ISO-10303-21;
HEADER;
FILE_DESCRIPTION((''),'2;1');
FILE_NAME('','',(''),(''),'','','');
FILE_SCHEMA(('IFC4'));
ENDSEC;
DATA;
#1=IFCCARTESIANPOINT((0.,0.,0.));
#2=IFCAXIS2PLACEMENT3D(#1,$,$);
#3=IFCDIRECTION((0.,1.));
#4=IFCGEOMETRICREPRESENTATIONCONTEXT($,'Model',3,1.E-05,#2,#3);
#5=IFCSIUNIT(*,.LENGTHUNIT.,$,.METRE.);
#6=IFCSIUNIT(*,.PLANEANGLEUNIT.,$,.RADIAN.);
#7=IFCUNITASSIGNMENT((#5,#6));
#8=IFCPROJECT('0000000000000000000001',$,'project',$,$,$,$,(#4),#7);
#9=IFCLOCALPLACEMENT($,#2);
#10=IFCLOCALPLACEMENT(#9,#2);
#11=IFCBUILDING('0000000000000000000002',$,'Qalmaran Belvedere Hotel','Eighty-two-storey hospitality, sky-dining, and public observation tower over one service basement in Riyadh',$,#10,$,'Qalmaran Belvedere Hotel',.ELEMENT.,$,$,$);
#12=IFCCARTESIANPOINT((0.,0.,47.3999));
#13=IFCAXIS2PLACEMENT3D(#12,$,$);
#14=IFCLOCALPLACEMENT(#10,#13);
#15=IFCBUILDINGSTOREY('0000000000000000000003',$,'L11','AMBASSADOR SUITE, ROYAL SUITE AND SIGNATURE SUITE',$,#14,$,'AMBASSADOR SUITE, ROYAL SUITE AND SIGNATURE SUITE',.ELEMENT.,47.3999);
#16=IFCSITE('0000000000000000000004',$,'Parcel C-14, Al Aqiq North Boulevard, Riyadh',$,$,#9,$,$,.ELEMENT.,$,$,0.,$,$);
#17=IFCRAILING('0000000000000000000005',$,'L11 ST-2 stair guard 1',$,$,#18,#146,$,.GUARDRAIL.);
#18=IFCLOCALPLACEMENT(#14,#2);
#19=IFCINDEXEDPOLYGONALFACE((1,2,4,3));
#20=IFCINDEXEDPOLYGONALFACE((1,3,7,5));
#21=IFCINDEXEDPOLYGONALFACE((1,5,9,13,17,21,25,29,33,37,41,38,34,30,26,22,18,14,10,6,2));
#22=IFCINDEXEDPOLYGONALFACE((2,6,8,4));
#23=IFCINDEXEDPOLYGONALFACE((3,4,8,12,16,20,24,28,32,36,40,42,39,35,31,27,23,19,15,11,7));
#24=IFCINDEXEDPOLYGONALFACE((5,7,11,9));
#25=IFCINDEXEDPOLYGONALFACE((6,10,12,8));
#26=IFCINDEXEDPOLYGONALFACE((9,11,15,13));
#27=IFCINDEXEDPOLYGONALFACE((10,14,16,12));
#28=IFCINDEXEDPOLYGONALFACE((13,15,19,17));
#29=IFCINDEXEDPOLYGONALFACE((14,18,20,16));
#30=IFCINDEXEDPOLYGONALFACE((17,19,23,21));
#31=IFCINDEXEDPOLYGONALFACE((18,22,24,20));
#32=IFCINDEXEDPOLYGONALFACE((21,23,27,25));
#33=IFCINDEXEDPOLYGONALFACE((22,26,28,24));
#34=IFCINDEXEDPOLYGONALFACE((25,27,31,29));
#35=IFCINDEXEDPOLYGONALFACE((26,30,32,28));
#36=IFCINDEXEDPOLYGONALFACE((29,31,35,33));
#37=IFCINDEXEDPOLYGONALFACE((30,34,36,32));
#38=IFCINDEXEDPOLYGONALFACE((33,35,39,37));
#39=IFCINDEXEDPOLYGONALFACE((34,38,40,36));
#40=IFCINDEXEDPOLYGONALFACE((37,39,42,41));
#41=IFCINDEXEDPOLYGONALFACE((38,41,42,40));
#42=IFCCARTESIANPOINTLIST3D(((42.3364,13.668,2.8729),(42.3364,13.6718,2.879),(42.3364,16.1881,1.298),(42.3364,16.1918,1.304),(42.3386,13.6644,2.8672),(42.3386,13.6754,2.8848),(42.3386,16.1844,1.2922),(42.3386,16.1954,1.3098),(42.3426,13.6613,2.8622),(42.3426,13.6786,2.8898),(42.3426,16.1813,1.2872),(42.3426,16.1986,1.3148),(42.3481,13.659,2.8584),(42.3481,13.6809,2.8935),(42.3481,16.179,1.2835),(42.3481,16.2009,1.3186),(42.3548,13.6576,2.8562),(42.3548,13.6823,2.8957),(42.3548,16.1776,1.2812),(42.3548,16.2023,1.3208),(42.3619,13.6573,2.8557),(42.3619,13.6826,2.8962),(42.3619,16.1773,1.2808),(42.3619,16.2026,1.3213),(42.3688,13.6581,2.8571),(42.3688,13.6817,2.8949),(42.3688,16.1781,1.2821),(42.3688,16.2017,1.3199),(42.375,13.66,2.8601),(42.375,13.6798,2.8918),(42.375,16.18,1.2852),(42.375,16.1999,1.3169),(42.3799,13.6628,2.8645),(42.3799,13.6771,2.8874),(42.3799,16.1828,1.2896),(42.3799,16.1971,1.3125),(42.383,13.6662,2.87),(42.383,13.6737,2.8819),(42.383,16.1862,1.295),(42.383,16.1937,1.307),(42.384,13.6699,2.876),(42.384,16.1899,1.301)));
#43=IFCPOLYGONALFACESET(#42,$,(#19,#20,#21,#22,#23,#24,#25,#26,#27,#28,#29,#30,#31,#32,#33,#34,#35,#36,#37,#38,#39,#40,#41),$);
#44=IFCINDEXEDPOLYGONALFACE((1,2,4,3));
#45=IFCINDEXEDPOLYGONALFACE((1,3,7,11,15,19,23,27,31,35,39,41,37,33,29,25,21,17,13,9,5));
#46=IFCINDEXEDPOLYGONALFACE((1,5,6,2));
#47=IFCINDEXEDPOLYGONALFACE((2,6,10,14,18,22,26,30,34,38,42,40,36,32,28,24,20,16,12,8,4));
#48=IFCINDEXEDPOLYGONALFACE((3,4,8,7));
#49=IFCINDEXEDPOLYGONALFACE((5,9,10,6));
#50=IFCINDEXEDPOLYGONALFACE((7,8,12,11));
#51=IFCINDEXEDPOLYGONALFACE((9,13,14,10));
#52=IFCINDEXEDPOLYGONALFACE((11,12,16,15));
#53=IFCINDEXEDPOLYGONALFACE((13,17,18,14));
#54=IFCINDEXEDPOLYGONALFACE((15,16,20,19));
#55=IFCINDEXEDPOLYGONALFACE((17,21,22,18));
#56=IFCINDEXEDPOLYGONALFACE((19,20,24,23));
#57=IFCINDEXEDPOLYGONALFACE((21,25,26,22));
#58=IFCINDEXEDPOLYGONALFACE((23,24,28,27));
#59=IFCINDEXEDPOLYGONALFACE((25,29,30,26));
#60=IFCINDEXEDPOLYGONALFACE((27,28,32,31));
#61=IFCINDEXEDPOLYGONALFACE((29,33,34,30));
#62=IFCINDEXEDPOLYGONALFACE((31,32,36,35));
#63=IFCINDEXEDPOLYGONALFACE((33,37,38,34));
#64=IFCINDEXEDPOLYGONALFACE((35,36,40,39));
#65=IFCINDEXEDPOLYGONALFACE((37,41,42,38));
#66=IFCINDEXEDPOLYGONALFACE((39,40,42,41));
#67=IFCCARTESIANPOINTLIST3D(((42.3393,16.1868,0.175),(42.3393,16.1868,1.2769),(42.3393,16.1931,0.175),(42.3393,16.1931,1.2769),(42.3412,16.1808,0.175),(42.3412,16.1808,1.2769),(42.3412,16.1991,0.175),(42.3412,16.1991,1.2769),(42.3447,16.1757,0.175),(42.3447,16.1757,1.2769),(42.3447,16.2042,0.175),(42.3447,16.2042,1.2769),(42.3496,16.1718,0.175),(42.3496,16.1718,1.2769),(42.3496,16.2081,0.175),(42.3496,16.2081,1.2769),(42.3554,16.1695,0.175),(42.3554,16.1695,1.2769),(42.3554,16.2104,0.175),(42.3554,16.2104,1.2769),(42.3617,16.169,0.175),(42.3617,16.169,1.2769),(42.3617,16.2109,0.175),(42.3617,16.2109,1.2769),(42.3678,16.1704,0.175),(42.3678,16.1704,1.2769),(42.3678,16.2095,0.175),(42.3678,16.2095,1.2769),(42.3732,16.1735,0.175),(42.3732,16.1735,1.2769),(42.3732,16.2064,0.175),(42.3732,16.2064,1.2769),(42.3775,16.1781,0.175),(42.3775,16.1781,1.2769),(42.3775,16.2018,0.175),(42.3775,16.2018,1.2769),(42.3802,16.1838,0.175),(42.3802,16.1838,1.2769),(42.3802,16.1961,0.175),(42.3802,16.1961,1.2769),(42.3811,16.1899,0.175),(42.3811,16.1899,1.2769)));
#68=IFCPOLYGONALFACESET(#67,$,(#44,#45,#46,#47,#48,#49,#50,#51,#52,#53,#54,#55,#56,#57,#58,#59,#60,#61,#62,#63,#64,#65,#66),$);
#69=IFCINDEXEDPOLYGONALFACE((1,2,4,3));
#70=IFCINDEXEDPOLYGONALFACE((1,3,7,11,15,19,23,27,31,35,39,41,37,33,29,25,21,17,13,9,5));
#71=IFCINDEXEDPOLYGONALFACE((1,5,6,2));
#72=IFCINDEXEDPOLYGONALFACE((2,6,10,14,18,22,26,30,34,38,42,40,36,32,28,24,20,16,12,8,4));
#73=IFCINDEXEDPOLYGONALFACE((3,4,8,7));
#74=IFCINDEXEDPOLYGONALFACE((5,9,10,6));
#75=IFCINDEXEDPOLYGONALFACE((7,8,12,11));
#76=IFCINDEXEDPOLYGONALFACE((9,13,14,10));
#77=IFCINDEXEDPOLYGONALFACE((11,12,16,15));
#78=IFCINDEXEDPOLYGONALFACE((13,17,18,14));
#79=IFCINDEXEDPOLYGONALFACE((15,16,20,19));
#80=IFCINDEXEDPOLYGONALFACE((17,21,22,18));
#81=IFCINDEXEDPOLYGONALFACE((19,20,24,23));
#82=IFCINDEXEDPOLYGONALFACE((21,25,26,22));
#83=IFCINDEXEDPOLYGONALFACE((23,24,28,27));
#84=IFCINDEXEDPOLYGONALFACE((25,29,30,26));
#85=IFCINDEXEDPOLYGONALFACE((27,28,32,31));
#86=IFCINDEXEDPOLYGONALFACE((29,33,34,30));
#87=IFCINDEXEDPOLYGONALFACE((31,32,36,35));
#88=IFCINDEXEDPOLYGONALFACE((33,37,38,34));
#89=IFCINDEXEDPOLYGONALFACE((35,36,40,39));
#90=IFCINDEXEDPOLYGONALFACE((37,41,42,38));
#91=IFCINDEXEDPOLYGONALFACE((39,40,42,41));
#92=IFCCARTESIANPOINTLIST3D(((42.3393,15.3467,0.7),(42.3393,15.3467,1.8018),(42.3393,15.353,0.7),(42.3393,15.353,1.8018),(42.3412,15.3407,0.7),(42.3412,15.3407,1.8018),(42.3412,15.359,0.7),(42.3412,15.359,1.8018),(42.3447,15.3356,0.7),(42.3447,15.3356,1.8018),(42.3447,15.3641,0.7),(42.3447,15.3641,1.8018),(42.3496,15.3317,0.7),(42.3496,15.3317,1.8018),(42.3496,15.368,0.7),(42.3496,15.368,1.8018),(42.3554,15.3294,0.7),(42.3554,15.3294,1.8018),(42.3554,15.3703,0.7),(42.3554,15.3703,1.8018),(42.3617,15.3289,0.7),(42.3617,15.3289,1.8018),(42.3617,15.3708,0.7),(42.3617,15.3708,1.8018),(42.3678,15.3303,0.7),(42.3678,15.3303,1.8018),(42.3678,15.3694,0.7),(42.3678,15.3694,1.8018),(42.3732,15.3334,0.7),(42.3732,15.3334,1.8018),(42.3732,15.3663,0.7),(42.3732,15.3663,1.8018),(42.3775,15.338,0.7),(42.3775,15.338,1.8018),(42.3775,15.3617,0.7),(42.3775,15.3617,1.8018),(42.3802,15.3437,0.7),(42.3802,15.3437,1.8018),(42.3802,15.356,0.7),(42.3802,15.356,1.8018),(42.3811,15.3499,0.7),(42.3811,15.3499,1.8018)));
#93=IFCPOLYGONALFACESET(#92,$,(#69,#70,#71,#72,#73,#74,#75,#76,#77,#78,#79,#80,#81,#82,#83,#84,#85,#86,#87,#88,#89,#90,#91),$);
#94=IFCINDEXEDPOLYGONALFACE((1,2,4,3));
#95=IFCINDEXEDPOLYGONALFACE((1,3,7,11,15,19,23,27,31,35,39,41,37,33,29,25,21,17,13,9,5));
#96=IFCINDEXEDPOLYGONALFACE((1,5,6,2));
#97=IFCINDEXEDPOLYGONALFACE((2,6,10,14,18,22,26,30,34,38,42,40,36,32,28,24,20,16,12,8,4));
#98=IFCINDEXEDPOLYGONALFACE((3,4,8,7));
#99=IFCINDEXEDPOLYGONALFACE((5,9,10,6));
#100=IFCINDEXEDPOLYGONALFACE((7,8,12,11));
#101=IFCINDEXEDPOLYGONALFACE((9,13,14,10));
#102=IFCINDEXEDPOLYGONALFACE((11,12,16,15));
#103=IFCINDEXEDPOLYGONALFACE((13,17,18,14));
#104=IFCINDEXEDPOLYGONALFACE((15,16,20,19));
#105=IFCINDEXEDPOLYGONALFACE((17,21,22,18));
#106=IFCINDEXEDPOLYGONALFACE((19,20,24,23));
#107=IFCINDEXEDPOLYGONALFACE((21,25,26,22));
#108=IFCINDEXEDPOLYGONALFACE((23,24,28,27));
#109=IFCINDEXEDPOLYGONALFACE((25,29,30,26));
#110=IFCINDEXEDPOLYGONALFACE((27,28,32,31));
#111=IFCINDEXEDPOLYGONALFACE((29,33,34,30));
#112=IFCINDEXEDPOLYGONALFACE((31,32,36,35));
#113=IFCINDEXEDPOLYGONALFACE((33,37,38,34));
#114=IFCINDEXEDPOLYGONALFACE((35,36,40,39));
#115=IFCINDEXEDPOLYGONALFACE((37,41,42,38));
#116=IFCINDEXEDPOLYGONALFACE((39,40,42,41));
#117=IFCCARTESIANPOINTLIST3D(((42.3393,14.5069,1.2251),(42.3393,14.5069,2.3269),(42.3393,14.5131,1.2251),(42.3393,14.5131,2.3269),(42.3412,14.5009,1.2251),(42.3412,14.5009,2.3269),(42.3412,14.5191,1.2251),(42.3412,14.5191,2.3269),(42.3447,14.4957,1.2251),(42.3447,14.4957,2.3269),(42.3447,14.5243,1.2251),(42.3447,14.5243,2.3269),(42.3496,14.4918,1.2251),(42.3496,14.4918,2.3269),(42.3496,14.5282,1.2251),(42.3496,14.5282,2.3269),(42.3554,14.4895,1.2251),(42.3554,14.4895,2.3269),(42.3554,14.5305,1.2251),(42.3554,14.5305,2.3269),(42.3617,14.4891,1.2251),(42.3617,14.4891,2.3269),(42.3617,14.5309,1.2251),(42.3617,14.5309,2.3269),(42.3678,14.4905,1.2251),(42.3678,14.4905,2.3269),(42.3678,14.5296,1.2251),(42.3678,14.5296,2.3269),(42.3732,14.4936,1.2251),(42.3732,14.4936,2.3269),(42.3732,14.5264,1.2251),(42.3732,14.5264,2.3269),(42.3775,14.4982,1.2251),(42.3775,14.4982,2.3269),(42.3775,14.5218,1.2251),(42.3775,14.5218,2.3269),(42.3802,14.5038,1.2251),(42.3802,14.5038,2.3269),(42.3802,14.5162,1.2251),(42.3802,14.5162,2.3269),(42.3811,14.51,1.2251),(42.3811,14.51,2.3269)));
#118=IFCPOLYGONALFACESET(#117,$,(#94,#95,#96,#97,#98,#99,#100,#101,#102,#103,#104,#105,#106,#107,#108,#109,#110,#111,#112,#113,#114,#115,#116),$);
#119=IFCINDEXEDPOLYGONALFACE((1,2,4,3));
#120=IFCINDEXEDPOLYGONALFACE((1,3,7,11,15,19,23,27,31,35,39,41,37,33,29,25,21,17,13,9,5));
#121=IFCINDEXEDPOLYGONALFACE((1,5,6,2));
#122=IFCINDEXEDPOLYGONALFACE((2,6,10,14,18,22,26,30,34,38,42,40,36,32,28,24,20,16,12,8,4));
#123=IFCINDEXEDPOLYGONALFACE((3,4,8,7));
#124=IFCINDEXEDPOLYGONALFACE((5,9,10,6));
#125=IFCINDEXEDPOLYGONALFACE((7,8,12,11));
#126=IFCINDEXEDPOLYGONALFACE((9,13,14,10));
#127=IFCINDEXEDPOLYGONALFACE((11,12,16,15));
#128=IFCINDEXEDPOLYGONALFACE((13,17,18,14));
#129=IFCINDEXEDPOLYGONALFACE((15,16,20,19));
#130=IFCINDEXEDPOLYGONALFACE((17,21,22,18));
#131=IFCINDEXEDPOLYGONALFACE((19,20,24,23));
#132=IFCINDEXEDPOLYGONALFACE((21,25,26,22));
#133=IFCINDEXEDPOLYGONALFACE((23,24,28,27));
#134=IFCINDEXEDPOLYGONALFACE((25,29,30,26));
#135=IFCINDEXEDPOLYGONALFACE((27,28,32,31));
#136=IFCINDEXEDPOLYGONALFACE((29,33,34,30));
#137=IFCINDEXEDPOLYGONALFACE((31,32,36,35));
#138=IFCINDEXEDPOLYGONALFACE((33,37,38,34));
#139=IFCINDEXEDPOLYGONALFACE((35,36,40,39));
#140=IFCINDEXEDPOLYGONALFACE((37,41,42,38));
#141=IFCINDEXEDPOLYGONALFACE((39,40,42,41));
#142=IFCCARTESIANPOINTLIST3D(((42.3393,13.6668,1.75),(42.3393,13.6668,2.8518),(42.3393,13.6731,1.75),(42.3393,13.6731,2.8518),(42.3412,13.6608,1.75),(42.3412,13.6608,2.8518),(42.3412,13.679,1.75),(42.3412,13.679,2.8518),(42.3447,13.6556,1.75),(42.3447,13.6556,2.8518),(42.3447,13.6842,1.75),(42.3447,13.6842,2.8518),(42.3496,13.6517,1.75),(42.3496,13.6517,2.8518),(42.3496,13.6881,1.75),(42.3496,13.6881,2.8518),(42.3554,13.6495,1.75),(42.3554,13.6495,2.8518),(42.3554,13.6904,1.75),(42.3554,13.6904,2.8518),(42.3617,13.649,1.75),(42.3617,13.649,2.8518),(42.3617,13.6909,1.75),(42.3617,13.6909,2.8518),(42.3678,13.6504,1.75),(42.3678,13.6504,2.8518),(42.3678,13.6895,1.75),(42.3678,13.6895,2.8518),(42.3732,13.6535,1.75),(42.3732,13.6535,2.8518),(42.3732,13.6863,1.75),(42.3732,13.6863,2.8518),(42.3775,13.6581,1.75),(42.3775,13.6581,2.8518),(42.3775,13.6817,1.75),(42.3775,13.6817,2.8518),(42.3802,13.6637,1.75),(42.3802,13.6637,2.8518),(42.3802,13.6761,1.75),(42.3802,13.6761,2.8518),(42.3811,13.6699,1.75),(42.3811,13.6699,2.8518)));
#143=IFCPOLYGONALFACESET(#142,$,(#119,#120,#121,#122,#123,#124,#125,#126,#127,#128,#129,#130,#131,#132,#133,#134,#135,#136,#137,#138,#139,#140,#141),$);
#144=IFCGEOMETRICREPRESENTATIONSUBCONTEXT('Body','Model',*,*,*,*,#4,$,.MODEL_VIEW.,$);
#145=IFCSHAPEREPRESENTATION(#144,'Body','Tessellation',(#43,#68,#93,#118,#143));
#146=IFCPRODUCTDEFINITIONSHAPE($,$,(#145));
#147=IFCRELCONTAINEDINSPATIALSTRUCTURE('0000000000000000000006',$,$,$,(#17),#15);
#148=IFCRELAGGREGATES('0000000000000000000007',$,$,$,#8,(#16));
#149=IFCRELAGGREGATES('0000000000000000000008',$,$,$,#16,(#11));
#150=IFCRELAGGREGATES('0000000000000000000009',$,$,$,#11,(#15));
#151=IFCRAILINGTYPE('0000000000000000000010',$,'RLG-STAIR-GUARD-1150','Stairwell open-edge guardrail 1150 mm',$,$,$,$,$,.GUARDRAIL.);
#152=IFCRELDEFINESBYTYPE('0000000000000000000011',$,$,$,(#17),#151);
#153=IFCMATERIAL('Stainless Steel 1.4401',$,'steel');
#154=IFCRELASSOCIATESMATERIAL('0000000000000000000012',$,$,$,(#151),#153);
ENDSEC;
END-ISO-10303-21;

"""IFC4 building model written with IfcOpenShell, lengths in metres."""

from ifc_helpers import new_model, si_unit, direction, frame, origin, origin_2d, place, context, subcontext, project, spatial, circle, extrude, material, type_object, element, save


model = new_model("IFC4")

# Units and contexts
model_context = context("Model", 3, precision=1e-05, world=origin(), true_north=direction((0.0, 1.0)))
body_context = subcontext(model_context, "Body", "Model", "MODEL_VIEW")
ifc_project = project(units=[si_unit("LENGTHUNIT", "METRE"), si_unit("PLANEANGLEUNIT", "RADIAN")], contexts=[model_context])

# Site, building, storey
site_placement = place(None, origin())
site = spatial("IfcSite", under=ifc_project, at=site_placement, Name="Parcel C-14, Al Aqiq North Boulevard, Riyadh", CompositionType="ELEMENT", RefElevation=0.0)
building_placement = place(site_placement, origin())
building = spatial("IfcBuilding", under=site, at=building_placement, Name="Qalmaran Belvedere Hotel", Description="Eighty-two-storey hospitality, sky-dining, and public observation tower over one service basement in Riyadh", LongName="Qalmaran Belvedere Hotel", CompositionType="ELEMENT")
storey_placement = place(building_placement, frame((0.0, 0.0, 47.3999)))
storey = spatial("IfcBuildingStorey", under=building, at=storey_placement, Name="L11", Description="AMBASSADOR SUITE, ROYAL SUITE AND SIGNATURE SUITE", LongName="AMBASSADOR SUITE, ROYAL SUITE AND SIGNATURE SUITE", CompositionType="ELEMENT", Elevation=47.3999)

# Shared definitions
ifc_material_1 = material(Name="Stainless Steel 1.4401", Category="steel")

# Railing
railing_type_1 = type_object("IfcRailingType", Name="RLG-STAIR-GUARD-1150", Description="Stairwell open-edge guardrail 1150 mm", PredefinedType="GUARDRAIL", material=ifc_material_1)
railing_1_placement = place(storey_placement, frame((42.3601, 16.1899, 0.175)))
element("IfcRailing", 1, at=railing_1_placement, inside=storey, type_object=railing_type_1, Name="L11 ST-2 stair guard 1", PredefinedType="GUARDRAIL", context=body_context, shape_type="SweptSolid", body=[
    extrude(circle(Radius=0.0239, at=origin_2d()), frame((0.0, 0.0, 1.126), z_axis=(0.0, -0.848008, 0.529984), x_axis=(1.0, 0.0, 0.0)), (0.0, 0.0, 1.0), 2.9717),
    extrude(circle(Radius=0.021, at=origin_2d()), origin(), (0.0, 0.0, 1.0), 1.1018),
    extrude(circle(Radius=0.021, at=origin_2d()), frame((0.0, -0.8401, 0.5249)), (0.0, 0.0, 1.0), 1.1018),
    extrude(circle(Radius=0.021, at=origin_2d()), frame((0.0, -1.6799, 1.05)), (0.0, 0.0, 1.0), 1.1018),
    extrude(circle(Radius=0.021, at=origin_2d()), frame((0.0, -2.52, 1.575)), (0.0, 0.0, 1.0), 1.1018),
])

save(model, "model.ifc")
